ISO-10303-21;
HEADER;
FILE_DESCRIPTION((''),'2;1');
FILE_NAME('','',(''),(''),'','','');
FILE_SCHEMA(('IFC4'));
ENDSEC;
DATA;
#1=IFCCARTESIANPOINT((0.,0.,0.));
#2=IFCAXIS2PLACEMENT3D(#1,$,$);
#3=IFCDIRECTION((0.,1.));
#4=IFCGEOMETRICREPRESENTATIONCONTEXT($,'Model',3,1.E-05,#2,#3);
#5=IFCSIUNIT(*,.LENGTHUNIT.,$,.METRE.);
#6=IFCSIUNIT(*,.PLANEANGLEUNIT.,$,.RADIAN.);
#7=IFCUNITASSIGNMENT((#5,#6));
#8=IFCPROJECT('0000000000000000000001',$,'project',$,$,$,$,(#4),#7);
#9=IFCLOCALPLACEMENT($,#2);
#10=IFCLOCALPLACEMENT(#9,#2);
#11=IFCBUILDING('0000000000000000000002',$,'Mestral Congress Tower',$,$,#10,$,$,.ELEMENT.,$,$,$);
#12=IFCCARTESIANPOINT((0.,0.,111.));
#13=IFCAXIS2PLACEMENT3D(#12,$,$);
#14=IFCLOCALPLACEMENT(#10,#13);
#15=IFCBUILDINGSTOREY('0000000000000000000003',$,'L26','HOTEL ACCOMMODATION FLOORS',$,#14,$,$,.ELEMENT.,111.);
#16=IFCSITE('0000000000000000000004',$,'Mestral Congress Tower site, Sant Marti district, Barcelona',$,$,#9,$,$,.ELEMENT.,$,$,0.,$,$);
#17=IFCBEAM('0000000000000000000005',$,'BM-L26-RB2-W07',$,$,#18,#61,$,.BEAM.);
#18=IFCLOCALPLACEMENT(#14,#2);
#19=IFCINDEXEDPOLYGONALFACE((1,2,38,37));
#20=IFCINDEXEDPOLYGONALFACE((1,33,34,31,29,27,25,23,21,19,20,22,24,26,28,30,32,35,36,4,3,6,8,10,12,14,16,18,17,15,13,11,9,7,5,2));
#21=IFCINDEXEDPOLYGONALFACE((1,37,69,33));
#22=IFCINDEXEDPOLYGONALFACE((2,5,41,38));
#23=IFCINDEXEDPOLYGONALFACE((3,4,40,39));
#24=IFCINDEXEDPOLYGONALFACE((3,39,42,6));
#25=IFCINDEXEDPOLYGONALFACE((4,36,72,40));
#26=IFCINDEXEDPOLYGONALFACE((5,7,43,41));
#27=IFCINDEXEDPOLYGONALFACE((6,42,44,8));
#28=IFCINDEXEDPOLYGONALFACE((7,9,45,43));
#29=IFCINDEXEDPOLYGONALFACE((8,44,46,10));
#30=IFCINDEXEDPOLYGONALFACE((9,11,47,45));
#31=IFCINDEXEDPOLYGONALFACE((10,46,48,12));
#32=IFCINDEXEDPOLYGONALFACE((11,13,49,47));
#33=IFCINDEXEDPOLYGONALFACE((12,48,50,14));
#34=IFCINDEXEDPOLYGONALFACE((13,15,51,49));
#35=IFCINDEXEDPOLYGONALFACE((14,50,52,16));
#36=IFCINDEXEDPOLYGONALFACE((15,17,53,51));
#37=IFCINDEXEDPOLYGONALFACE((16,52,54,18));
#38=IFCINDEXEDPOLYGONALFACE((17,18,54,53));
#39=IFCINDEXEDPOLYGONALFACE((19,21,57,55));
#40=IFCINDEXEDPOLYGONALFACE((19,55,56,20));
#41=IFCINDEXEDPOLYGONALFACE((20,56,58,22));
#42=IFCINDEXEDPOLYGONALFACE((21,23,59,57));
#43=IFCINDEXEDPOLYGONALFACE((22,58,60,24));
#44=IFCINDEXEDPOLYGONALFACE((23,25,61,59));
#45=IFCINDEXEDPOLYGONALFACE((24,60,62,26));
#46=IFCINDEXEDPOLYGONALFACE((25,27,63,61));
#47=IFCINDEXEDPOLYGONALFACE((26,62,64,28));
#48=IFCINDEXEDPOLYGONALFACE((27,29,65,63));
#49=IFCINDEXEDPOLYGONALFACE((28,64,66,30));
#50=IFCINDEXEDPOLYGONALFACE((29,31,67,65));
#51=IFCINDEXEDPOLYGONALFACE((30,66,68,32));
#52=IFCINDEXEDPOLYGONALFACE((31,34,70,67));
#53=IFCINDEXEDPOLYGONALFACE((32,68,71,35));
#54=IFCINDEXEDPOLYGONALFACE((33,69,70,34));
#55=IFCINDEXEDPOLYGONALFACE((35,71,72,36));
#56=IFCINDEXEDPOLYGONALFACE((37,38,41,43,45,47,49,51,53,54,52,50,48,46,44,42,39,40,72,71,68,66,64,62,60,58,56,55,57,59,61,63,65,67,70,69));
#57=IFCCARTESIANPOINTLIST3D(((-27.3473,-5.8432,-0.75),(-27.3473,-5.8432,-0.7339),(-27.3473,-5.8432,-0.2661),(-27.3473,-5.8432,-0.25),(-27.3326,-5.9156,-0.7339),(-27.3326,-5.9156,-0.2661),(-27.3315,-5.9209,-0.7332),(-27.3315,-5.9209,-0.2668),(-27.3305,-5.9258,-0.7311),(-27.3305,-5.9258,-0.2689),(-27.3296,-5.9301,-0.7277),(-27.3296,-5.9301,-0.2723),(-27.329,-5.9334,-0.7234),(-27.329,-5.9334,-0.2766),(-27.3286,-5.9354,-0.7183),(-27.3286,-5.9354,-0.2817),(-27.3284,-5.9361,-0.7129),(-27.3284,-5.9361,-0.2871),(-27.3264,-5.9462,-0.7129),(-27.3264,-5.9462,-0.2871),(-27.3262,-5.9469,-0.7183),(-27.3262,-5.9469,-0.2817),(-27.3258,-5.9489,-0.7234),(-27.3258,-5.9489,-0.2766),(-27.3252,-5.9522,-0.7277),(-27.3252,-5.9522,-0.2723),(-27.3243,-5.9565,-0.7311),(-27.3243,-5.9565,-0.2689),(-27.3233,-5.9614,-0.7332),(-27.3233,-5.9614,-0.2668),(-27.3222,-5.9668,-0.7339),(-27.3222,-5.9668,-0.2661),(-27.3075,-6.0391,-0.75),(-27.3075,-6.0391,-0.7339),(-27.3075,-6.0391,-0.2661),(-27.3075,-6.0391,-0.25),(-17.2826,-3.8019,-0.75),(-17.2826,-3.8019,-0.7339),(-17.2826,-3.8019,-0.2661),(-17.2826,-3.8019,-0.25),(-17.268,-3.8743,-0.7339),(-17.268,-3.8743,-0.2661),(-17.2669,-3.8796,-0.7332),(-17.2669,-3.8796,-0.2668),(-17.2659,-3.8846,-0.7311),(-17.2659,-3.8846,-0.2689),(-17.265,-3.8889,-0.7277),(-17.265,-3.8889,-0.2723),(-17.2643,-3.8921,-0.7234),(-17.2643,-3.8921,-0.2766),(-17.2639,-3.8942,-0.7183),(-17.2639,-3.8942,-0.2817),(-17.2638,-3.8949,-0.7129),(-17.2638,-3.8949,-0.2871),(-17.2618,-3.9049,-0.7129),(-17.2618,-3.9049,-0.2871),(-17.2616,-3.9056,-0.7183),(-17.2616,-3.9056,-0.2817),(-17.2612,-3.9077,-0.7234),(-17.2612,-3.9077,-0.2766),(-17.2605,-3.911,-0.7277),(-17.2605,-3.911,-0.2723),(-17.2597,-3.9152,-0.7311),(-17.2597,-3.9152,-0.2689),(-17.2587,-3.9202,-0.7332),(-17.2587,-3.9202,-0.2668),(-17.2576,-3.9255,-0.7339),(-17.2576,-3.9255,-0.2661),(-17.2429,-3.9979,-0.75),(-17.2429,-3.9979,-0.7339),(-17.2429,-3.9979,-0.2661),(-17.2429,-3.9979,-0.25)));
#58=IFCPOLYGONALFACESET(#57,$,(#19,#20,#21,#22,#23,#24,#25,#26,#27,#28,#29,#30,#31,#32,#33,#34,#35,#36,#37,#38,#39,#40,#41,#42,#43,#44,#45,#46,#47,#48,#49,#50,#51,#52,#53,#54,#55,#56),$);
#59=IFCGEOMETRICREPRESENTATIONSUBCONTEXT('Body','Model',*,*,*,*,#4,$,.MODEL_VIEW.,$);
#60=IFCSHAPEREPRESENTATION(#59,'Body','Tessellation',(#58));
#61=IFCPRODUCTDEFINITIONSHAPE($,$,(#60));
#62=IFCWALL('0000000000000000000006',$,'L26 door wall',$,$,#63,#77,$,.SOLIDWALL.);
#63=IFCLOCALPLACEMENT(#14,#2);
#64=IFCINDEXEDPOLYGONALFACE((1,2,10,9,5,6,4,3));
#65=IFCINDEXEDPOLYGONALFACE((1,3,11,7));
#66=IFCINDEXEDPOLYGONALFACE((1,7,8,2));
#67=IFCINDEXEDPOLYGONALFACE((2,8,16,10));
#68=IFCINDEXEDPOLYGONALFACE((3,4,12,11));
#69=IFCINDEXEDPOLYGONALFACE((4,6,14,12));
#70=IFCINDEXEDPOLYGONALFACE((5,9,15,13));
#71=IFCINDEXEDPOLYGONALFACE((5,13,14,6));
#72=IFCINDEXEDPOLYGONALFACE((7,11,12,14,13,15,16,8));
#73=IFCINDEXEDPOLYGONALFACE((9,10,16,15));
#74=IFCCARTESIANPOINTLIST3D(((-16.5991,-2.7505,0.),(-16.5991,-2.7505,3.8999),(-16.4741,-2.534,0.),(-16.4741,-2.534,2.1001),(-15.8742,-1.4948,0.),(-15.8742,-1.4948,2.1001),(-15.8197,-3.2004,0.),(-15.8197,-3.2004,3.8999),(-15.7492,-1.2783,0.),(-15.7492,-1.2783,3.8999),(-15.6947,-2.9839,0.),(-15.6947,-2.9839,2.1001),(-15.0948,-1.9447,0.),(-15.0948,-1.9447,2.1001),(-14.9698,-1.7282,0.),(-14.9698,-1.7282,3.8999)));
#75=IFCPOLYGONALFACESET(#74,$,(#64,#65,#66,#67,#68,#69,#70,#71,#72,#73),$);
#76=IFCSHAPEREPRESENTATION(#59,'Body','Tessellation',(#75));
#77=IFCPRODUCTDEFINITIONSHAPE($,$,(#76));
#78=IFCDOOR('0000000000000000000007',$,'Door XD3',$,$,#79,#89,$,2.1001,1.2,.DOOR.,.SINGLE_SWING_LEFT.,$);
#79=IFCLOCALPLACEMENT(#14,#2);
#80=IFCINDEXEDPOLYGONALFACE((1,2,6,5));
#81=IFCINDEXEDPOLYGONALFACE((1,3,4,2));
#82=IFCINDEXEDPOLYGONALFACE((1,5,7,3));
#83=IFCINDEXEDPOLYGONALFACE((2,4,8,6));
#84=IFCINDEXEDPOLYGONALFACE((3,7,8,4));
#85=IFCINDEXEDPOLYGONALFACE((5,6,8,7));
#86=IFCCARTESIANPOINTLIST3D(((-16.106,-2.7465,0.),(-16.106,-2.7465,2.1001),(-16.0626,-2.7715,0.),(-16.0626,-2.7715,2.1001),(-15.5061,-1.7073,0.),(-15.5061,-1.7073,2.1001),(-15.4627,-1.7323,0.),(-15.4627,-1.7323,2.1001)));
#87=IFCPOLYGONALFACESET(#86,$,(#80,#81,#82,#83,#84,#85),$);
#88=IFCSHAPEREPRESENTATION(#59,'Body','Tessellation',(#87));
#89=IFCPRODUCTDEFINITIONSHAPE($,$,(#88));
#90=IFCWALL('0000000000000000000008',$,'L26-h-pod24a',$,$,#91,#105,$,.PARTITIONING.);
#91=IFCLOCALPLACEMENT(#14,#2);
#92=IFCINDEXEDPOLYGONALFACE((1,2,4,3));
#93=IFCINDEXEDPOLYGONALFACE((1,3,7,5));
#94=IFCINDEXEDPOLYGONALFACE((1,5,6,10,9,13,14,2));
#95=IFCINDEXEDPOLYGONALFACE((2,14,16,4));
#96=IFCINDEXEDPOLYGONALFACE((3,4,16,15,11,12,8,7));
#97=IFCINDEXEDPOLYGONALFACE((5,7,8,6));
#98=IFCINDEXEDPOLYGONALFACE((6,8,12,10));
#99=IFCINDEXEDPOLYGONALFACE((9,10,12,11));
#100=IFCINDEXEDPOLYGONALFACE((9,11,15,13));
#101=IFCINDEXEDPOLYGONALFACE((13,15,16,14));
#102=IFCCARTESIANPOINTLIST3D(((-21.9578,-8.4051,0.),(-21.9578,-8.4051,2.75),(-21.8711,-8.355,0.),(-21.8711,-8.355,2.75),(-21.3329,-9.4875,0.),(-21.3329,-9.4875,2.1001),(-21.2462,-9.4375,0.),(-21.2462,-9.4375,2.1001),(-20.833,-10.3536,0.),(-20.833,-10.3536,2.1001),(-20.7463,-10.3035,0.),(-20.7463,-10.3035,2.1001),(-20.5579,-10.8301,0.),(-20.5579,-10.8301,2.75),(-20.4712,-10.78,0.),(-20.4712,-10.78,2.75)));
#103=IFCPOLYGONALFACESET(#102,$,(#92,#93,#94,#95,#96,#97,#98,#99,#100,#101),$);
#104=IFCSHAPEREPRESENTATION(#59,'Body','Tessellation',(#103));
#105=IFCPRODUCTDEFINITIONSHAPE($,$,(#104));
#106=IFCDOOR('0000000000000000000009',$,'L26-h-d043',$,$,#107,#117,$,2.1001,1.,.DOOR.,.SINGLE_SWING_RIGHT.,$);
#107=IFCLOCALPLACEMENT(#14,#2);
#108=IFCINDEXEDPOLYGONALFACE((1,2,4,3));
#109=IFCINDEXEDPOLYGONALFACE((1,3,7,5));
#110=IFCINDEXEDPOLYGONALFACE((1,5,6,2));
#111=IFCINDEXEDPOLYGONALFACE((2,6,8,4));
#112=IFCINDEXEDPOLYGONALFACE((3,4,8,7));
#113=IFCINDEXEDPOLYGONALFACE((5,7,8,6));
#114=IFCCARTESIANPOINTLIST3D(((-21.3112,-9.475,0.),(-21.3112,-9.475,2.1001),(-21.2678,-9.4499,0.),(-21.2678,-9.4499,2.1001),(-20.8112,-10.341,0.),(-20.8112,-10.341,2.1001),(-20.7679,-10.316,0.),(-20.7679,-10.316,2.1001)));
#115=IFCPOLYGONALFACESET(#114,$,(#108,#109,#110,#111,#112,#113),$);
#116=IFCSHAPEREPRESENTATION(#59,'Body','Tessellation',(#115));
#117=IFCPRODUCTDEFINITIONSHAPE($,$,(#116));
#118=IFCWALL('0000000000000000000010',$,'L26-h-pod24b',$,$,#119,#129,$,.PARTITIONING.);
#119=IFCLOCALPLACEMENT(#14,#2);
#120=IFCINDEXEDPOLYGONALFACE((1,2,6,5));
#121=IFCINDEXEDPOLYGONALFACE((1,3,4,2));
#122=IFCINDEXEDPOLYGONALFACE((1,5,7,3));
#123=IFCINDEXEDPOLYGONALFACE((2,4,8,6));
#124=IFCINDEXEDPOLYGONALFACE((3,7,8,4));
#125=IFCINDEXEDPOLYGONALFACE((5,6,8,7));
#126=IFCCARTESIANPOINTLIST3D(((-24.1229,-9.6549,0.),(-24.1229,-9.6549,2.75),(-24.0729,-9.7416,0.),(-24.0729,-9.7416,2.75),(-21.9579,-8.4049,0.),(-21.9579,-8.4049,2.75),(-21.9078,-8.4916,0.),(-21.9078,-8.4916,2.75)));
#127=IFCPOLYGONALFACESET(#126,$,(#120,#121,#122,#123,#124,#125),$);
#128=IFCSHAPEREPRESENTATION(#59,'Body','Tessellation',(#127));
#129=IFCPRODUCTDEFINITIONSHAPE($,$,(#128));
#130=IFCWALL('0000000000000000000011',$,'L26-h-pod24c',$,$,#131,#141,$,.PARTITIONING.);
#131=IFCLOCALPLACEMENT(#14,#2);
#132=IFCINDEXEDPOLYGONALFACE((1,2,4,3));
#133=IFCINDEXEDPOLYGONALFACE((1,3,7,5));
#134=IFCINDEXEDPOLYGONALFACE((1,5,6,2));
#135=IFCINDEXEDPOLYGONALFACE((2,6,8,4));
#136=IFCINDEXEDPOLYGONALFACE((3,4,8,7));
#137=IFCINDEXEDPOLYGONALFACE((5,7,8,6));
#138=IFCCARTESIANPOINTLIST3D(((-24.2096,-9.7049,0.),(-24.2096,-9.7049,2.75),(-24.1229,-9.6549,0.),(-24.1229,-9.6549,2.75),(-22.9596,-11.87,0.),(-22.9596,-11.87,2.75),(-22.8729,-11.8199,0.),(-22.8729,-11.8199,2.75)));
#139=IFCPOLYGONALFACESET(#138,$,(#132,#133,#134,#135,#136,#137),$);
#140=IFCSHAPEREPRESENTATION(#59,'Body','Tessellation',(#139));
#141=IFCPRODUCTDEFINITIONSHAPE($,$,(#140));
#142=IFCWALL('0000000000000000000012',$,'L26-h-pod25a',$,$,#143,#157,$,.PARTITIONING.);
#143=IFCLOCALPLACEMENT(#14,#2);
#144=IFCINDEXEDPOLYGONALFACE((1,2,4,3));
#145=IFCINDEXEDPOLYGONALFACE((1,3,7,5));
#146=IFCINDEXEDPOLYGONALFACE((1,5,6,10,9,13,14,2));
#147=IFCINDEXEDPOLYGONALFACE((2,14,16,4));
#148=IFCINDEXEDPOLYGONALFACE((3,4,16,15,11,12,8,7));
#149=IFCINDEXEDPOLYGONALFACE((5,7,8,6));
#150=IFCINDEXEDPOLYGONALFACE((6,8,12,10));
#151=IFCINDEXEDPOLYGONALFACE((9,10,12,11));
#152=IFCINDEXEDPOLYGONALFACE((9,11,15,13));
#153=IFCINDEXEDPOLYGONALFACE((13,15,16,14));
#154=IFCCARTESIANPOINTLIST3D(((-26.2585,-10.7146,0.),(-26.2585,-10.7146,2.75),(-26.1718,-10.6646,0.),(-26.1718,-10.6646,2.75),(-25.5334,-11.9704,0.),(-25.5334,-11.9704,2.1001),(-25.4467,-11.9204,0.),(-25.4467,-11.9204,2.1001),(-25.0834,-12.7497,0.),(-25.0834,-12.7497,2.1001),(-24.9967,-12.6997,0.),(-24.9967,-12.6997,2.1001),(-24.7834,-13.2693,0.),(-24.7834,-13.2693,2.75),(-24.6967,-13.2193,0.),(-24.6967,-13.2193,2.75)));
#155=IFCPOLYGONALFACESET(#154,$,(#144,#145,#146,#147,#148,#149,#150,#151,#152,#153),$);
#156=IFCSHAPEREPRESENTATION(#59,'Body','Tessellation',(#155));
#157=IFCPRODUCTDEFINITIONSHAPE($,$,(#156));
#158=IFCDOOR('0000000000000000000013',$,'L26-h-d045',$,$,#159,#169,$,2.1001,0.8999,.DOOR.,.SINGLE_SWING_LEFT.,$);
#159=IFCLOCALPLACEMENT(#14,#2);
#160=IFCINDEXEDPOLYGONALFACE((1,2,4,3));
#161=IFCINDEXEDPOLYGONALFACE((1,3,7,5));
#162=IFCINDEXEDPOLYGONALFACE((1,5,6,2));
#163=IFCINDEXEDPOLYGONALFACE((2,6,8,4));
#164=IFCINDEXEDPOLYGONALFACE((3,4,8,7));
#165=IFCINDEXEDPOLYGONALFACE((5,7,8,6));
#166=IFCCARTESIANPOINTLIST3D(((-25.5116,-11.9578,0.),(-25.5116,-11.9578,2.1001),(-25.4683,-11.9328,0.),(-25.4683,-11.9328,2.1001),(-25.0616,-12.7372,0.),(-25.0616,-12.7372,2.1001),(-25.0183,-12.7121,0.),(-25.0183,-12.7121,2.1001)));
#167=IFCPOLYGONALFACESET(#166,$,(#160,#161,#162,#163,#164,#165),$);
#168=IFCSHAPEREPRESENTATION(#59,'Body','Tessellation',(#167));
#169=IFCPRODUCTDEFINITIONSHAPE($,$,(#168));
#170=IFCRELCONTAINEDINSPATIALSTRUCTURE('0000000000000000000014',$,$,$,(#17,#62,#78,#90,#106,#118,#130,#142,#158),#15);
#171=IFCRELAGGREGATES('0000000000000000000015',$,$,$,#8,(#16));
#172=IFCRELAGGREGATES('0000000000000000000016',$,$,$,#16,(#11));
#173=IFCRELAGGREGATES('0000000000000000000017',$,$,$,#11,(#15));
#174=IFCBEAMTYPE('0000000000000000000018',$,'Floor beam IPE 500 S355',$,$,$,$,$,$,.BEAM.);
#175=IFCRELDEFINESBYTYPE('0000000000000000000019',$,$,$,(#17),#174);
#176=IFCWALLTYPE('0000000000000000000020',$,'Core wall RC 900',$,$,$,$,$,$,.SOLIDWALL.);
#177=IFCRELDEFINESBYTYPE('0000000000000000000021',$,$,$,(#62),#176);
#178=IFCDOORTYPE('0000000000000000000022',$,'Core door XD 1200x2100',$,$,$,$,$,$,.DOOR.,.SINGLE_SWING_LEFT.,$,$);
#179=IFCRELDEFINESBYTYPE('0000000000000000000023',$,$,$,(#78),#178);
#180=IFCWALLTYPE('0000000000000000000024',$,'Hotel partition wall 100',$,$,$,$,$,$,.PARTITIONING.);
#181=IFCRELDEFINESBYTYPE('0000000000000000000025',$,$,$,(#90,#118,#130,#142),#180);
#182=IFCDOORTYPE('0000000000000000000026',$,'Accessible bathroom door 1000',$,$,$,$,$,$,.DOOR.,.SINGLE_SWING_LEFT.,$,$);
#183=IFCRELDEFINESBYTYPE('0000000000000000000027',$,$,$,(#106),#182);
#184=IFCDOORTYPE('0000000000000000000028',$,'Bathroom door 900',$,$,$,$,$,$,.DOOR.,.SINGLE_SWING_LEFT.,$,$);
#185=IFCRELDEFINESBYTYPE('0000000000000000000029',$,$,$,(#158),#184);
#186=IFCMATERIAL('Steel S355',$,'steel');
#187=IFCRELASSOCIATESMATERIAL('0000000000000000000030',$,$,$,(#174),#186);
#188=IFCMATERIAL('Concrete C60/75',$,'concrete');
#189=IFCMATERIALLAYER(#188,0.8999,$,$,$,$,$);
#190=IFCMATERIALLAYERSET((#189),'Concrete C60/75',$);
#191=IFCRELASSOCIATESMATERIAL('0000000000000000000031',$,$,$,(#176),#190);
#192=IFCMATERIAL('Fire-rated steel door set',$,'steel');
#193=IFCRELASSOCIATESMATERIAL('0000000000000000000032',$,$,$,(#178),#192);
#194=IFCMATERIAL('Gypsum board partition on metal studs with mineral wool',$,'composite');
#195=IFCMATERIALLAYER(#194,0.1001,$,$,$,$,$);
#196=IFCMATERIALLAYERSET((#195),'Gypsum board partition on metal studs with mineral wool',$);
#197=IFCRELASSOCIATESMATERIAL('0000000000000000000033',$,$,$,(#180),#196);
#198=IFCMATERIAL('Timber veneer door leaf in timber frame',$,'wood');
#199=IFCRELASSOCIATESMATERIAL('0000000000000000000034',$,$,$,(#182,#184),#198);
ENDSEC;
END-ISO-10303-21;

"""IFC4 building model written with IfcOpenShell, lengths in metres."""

from ifc_helpers import new_model, si_unit, direction, frame, frame_2d, origin, origin_2d, place, context, subcontext, project, spatial, rectangle, i_section, extrude, material, layer, layer_set, material_profile, profile_set, type_object, element, fill, save


model = new_model("IFC4")

# Units and contexts
model_context = context("Model", 3, precision=1e-05, world=origin(), true_north=direction((0.0, 1.0)))
body_context = subcontext(model_context, "Body", "Model", "MODEL_VIEW")
ifc_project = project(units=[si_unit("LENGTHUNIT", "METRE"), si_unit("PLANEANGLEUNIT", "RADIAN")], contexts=[model_context])

# Site, building, storey
site_placement = place(None, origin())
site = spatial("IfcSite", under=ifc_project, at=site_placement, Name="Mestral Congress Tower site, Sant Marti district, Barcelona", CompositionType="ELEMENT", RefElevation=0.0)
building_placement = place(site_placement, origin())
building = spatial("IfcBuilding", under=site, at=building_placement, Name="Mestral Congress Tower", CompositionType="ELEMENT")
storey_placement = place(building_placement, frame((0.0, 0.0, 111.0)))
storey = spatial("IfcBuildingStorey", under=building, at=storey_placement, Name="L26", Description="HOTEL ACCOMMODATION FLOORS", CompositionType="ELEMENT", Elevation=111.0)

# Beam
ifc_material_1 = material(Name="Steel S355", Category="steel")
ifc_material_profile = material_profile(ifc_material_1, i_section(OverallWidth=0.2, OverallDepth=0.5, WebThickness=0.0103, FlangeThickness=0.0161, FilletRadius=0.021, at=origin_2d()), Name="IPE 500")
ifc_profile_set = profile_set([ifc_material_profile], Name="Steel S355")
beam_type = type_object("IfcBeamType", Name="Floor beam IPE 500 S355", PredefinedType="BEAM", material=ifc_profile_set)
beam_placement = place(storey_placement, frame((-27.3274, -5.9412, -0.5), z_axis=(0.980047, 0.198767, 0.0), x_axis=(-0.198767, 0.980047, 0.0)))
element("IfcBeam", 1, at=beam_placement, inside=storey, type_object=beam_type, Name="BM-L26-RB2-W07", PredefinedType="BEAM", context=body_context, shape_type="SweptSolid", body=[
    extrude(i_section(OverallWidth=0.2, OverallDepth=0.5, WebThickness=0.0103, FlangeThickness=0.0161, FilletRadius=0.021, at=origin_2d()), origin(), (0.0, 0.0, 1.0), 10.2695),
])

# Walls, openings, doors
ifc_material_2 = material(Name="Concrete C60/75", Category="concrete")
ifc_layer_1 = layer(ifc_material_2, 0.8999)
ifc_layer_set_1 = layer_set([ifc_layer_1], Name="Concrete C60/75")
wall_type_1 = type_object("IfcWallType", Name="Core wall RC 900", PredefinedType="SOLIDWALL", material=ifc_layer_set_1)
wall_1_placement = place(storey_placement, frame((-16.2095, -2.9756, 0.0), z_axis=(0.0, 0.0, 1.0), x_axis=(0.499955, 0.866052, 0.0)))
wall_1 = element("IfcWall", 2, at=wall_1_placement, inside=storey, type_object=wall_type_1, Name="L26 door wall", PredefinedType="SOLIDWALL", context=body_context, shape_type="SweptSolid", body=[
    extrude(rectangle(XDim=1.7, YDim=0.8999, at=frame_2d((0.8501, 0.0))), origin(), (0.0, 0.0, 1.0), 3.8999),
])
opening_1_placement = place(wall_1_placement, frame((0.25, 0.0, 0.0)))
opening_1 = element("IfcOpeningElement", 3, at=opening_1_placement, cuts=wall_1, PredefinedType="OPENING", context=body_context, shape_type="SweptSolid", body=[
    extrude(rectangle(XDim=1.2, YDim=2.1001, at=frame_2d((0.6001, 1.05))), frame((0.0, 0.46, 0.0), z_axis=(0.0, -1.0, 0.0), x_axis=(1.0, 0.0, 0.0)), (0.0, 0.0, 1.0), 0.9199),
])
ifc_material_3 = material(Name="Fire-rated steel door set", Category="steel")
door_type_1 = type_object("IfcDoorType", Name="Core door XD 1200x2100", OperationType="SINGLE_SWING_LEFT", PredefinedType="DOOR", material=ifc_material_3)
door_1_placement = place(opening_1_placement, origin())
door_1 = element("IfcDoor", 4, at=door_1_placement, inside=storey, type_object=door_type_1, Name="Door XD3", OperationType="SINGLE_SWING_LEFT", OverallHeight=2.1001, OverallWidth=1.2, PredefinedType="DOOR", context=body_context, shape_type="SweptSolid", body=[
    extrude(rectangle(XDim=1.2, YDim=2.1001, at=frame_2d((0.6001, 1.05))), frame((0.0, 0.0249, 0.0), z_axis=(0.0, -1.0, 0.0), x_axis=(1.0, 0.0, 0.0)), (0.0, 0.0, 1.0), 0.05),
])
fill(opening_1, door_1)
ifc_material_4 = material(Name="Gypsum board partition on metal studs with mineral wool", Category="composite")
ifc_layer_2 = layer(ifc_material_4, 0.1001)
ifc_layer_set_2 = layer_set([ifc_layer_2], Name="Gypsum board partition on metal studs with mineral wool")
wall_type_2 = type_object("IfcWallType", Name="Hotel partition wall 100", PredefinedType="PARTITIONING", material=ifc_layer_set_2)
wall_2_placement = place(storey_placement, frame((-20.5146, -10.8049, 0.0), z_axis=(0.0, 0.0, 1.0), x_axis=(-0.499946, 0.866056, 0.0)))
wall_2 = element("IfcWall", 5, at=wall_2_placement, inside=storey, type_object=wall_type_2, Name="L26-h-pod24a", PredefinedType="PARTITIONING", context=body_context, shape_type="SweptSolid", body=[
    extrude(rectangle(XDim=2.8, YDim=0.1001, at=frame_2d((1.3999, 0.0))), origin(), (0.0, 0.0, 1.0), 2.75),
])
opening_2_placement = place(wall_2_placement, frame((0.55, 0.0, 0.0)))
opening_2 = element("IfcOpeningElement", 6, at=opening_2_placement, cuts=wall_2, PredefinedType="OPENING", context=body_context, shape_type="SweptSolid", body=[
    extrude(rectangle(XDim=1.0, YDim=2.1001, at=frame_2d((0.5, 1.05))), frame((0.0, 0.0601, 0.0), z_axis=(0.0, -1.0, 0.0), x_axis=(1.0, 0.0, 0.0)), (0.0, 0.0, 1.0), 0.1201),
])
ifc_material_5 = material(Name="Timber veneer door leaf in timber frame", Category="wood")
door_type_2 = type_object("IfcDoorType", Name="Accessible bathroom door 1000", OperationType="SINGLE_SWING_LEFT", PredefinedType="DOOR", material=ifc_material_5)
door_2_placement = place(opening_2_placement, origin())
door_2 = element("IfcDoor", 7, at=door_2_placement, inside=storey, type_object=door_type_2, Name="L26-h-d043", OperationType="SINGLE_SWING_RIGHT", OverallHeight=2.1001, OverallWidth=1.0, PredefinedType="DOOR", context=body_context, shape_type="SweptSolid", body=[
    extrude(rectangle(XDim=1.0, YDim=2.1001, at=frame_2d((0.5, 1.05))), frame((0.0, 0.0249, 0.0), z_axis=(0.0, -1.0, 0.0), x_axis=(1.0, 0.0, 0.0)), (0.0, 0.0, 1.0), 0.05),
])
fill(opening_2, door_2)

# Walls
for number, where, z_axis, x_axis, name in (
    (8, (-21.9329, -8.4482, 0.0), (0.0, 0.0, 1.0), (-0.866023, -0.500004, 0.0), "L26-h-pod24b"),
    (9, (-22.9163, -11.845, 0.0), (0.0, 0.0, 1.0), (-0.500004, 0.866023, 0.0), "L26-h-pod24c"),
):
    element("IfcWall", number, at=place(storey_placement, frame(where, z_axis=z_axis, x_axis=x_axis)), inside=storey, type_object=wall_type_2, Name=name, PredefinedType="PARTITIONING", context=body_context, shape_type="SweptSolid", body=[
        extrude(rectangle(XDim=2.5, YDim=0.1001, at=frame_2d((1.25, 0.0))), origin(), (0.0, 0.0, 1.0), 2.75),
    ])

# Wall, opening, door
wall_3_placement = place(storey_placement, frame((-24.74, -13.2444, 0.0), z_axis=(0.0, 0.0, 1.0), x_axis=(-0.500038, 0.866004, 0.0)))
wall_3 = element("IfcWall", 10, at=wall_3_placement, inside=storey, type_object=wall_type_2, Name="L26-h-pod25a", PredefinedType="PARTITIONING", context=body_context, shape_type="SweptSolid", body=[
    extrude(rectangle(XDim=2.95, YDim=0.1001, at=frame_2d((1.4751, 0.0))), origin(), (0.0, 0.0, 1.0), 2.75),
])
opening_3_placement = place(wall_3_placement, frame((0.6001, 0.0, 0.0)))
opening_3 = element("IfcOpeningElement", 11, at=opening_3_placement, cuts=wall_3, PredefinedType="OPENING", context=body_context, shape_type="SweptSolid", body=[
    extrude(rectangle(XDim=0.8999, YDim=2.1001, at=frame_2d((0.45, 1.05))), frame((0.0, 0.0601, 0.0), z_axis=(0.0, -1.0, 0.0), x_axis=(1.0, 0.0, 0.0)), (0.0, 0.0, 1.0), 0.1201),
])
door_type_3 = type_object("IfcDoorType", Name="Bathroom door 900", OperationType="SINGLE_SWING_LEFT", PredefinedType="DOOR", material=ifc_material_5)
door_3_placement = place(opening_3_placement, origin())
door_3 = element("IfcDoor", 12, at=door_3_placement, inside=storey, type_object=door_type_3, Name="L26-h-d045", OperationType="SINGLE_SWING_LEFT", OverallHeight=2.1001, OverallWidth=0.8999, PredefinedType="DOOR", context=body_context, shape_type="SweptSolid", body=[
    extrude(rectangle(XDim=0.8999, YDim=2.1001, at=frame_2d((0.45, 1.05))), frame((0.0, 0.0249, 0.0), z_axis=(0.0, -1.0, 0.0), x_axis=(1.0, 0.0, 0.0)), (0.0, 0.0, 1.0), 0.05),
])
fill(opening_3, door_3)

save(model, "model.ifc")
